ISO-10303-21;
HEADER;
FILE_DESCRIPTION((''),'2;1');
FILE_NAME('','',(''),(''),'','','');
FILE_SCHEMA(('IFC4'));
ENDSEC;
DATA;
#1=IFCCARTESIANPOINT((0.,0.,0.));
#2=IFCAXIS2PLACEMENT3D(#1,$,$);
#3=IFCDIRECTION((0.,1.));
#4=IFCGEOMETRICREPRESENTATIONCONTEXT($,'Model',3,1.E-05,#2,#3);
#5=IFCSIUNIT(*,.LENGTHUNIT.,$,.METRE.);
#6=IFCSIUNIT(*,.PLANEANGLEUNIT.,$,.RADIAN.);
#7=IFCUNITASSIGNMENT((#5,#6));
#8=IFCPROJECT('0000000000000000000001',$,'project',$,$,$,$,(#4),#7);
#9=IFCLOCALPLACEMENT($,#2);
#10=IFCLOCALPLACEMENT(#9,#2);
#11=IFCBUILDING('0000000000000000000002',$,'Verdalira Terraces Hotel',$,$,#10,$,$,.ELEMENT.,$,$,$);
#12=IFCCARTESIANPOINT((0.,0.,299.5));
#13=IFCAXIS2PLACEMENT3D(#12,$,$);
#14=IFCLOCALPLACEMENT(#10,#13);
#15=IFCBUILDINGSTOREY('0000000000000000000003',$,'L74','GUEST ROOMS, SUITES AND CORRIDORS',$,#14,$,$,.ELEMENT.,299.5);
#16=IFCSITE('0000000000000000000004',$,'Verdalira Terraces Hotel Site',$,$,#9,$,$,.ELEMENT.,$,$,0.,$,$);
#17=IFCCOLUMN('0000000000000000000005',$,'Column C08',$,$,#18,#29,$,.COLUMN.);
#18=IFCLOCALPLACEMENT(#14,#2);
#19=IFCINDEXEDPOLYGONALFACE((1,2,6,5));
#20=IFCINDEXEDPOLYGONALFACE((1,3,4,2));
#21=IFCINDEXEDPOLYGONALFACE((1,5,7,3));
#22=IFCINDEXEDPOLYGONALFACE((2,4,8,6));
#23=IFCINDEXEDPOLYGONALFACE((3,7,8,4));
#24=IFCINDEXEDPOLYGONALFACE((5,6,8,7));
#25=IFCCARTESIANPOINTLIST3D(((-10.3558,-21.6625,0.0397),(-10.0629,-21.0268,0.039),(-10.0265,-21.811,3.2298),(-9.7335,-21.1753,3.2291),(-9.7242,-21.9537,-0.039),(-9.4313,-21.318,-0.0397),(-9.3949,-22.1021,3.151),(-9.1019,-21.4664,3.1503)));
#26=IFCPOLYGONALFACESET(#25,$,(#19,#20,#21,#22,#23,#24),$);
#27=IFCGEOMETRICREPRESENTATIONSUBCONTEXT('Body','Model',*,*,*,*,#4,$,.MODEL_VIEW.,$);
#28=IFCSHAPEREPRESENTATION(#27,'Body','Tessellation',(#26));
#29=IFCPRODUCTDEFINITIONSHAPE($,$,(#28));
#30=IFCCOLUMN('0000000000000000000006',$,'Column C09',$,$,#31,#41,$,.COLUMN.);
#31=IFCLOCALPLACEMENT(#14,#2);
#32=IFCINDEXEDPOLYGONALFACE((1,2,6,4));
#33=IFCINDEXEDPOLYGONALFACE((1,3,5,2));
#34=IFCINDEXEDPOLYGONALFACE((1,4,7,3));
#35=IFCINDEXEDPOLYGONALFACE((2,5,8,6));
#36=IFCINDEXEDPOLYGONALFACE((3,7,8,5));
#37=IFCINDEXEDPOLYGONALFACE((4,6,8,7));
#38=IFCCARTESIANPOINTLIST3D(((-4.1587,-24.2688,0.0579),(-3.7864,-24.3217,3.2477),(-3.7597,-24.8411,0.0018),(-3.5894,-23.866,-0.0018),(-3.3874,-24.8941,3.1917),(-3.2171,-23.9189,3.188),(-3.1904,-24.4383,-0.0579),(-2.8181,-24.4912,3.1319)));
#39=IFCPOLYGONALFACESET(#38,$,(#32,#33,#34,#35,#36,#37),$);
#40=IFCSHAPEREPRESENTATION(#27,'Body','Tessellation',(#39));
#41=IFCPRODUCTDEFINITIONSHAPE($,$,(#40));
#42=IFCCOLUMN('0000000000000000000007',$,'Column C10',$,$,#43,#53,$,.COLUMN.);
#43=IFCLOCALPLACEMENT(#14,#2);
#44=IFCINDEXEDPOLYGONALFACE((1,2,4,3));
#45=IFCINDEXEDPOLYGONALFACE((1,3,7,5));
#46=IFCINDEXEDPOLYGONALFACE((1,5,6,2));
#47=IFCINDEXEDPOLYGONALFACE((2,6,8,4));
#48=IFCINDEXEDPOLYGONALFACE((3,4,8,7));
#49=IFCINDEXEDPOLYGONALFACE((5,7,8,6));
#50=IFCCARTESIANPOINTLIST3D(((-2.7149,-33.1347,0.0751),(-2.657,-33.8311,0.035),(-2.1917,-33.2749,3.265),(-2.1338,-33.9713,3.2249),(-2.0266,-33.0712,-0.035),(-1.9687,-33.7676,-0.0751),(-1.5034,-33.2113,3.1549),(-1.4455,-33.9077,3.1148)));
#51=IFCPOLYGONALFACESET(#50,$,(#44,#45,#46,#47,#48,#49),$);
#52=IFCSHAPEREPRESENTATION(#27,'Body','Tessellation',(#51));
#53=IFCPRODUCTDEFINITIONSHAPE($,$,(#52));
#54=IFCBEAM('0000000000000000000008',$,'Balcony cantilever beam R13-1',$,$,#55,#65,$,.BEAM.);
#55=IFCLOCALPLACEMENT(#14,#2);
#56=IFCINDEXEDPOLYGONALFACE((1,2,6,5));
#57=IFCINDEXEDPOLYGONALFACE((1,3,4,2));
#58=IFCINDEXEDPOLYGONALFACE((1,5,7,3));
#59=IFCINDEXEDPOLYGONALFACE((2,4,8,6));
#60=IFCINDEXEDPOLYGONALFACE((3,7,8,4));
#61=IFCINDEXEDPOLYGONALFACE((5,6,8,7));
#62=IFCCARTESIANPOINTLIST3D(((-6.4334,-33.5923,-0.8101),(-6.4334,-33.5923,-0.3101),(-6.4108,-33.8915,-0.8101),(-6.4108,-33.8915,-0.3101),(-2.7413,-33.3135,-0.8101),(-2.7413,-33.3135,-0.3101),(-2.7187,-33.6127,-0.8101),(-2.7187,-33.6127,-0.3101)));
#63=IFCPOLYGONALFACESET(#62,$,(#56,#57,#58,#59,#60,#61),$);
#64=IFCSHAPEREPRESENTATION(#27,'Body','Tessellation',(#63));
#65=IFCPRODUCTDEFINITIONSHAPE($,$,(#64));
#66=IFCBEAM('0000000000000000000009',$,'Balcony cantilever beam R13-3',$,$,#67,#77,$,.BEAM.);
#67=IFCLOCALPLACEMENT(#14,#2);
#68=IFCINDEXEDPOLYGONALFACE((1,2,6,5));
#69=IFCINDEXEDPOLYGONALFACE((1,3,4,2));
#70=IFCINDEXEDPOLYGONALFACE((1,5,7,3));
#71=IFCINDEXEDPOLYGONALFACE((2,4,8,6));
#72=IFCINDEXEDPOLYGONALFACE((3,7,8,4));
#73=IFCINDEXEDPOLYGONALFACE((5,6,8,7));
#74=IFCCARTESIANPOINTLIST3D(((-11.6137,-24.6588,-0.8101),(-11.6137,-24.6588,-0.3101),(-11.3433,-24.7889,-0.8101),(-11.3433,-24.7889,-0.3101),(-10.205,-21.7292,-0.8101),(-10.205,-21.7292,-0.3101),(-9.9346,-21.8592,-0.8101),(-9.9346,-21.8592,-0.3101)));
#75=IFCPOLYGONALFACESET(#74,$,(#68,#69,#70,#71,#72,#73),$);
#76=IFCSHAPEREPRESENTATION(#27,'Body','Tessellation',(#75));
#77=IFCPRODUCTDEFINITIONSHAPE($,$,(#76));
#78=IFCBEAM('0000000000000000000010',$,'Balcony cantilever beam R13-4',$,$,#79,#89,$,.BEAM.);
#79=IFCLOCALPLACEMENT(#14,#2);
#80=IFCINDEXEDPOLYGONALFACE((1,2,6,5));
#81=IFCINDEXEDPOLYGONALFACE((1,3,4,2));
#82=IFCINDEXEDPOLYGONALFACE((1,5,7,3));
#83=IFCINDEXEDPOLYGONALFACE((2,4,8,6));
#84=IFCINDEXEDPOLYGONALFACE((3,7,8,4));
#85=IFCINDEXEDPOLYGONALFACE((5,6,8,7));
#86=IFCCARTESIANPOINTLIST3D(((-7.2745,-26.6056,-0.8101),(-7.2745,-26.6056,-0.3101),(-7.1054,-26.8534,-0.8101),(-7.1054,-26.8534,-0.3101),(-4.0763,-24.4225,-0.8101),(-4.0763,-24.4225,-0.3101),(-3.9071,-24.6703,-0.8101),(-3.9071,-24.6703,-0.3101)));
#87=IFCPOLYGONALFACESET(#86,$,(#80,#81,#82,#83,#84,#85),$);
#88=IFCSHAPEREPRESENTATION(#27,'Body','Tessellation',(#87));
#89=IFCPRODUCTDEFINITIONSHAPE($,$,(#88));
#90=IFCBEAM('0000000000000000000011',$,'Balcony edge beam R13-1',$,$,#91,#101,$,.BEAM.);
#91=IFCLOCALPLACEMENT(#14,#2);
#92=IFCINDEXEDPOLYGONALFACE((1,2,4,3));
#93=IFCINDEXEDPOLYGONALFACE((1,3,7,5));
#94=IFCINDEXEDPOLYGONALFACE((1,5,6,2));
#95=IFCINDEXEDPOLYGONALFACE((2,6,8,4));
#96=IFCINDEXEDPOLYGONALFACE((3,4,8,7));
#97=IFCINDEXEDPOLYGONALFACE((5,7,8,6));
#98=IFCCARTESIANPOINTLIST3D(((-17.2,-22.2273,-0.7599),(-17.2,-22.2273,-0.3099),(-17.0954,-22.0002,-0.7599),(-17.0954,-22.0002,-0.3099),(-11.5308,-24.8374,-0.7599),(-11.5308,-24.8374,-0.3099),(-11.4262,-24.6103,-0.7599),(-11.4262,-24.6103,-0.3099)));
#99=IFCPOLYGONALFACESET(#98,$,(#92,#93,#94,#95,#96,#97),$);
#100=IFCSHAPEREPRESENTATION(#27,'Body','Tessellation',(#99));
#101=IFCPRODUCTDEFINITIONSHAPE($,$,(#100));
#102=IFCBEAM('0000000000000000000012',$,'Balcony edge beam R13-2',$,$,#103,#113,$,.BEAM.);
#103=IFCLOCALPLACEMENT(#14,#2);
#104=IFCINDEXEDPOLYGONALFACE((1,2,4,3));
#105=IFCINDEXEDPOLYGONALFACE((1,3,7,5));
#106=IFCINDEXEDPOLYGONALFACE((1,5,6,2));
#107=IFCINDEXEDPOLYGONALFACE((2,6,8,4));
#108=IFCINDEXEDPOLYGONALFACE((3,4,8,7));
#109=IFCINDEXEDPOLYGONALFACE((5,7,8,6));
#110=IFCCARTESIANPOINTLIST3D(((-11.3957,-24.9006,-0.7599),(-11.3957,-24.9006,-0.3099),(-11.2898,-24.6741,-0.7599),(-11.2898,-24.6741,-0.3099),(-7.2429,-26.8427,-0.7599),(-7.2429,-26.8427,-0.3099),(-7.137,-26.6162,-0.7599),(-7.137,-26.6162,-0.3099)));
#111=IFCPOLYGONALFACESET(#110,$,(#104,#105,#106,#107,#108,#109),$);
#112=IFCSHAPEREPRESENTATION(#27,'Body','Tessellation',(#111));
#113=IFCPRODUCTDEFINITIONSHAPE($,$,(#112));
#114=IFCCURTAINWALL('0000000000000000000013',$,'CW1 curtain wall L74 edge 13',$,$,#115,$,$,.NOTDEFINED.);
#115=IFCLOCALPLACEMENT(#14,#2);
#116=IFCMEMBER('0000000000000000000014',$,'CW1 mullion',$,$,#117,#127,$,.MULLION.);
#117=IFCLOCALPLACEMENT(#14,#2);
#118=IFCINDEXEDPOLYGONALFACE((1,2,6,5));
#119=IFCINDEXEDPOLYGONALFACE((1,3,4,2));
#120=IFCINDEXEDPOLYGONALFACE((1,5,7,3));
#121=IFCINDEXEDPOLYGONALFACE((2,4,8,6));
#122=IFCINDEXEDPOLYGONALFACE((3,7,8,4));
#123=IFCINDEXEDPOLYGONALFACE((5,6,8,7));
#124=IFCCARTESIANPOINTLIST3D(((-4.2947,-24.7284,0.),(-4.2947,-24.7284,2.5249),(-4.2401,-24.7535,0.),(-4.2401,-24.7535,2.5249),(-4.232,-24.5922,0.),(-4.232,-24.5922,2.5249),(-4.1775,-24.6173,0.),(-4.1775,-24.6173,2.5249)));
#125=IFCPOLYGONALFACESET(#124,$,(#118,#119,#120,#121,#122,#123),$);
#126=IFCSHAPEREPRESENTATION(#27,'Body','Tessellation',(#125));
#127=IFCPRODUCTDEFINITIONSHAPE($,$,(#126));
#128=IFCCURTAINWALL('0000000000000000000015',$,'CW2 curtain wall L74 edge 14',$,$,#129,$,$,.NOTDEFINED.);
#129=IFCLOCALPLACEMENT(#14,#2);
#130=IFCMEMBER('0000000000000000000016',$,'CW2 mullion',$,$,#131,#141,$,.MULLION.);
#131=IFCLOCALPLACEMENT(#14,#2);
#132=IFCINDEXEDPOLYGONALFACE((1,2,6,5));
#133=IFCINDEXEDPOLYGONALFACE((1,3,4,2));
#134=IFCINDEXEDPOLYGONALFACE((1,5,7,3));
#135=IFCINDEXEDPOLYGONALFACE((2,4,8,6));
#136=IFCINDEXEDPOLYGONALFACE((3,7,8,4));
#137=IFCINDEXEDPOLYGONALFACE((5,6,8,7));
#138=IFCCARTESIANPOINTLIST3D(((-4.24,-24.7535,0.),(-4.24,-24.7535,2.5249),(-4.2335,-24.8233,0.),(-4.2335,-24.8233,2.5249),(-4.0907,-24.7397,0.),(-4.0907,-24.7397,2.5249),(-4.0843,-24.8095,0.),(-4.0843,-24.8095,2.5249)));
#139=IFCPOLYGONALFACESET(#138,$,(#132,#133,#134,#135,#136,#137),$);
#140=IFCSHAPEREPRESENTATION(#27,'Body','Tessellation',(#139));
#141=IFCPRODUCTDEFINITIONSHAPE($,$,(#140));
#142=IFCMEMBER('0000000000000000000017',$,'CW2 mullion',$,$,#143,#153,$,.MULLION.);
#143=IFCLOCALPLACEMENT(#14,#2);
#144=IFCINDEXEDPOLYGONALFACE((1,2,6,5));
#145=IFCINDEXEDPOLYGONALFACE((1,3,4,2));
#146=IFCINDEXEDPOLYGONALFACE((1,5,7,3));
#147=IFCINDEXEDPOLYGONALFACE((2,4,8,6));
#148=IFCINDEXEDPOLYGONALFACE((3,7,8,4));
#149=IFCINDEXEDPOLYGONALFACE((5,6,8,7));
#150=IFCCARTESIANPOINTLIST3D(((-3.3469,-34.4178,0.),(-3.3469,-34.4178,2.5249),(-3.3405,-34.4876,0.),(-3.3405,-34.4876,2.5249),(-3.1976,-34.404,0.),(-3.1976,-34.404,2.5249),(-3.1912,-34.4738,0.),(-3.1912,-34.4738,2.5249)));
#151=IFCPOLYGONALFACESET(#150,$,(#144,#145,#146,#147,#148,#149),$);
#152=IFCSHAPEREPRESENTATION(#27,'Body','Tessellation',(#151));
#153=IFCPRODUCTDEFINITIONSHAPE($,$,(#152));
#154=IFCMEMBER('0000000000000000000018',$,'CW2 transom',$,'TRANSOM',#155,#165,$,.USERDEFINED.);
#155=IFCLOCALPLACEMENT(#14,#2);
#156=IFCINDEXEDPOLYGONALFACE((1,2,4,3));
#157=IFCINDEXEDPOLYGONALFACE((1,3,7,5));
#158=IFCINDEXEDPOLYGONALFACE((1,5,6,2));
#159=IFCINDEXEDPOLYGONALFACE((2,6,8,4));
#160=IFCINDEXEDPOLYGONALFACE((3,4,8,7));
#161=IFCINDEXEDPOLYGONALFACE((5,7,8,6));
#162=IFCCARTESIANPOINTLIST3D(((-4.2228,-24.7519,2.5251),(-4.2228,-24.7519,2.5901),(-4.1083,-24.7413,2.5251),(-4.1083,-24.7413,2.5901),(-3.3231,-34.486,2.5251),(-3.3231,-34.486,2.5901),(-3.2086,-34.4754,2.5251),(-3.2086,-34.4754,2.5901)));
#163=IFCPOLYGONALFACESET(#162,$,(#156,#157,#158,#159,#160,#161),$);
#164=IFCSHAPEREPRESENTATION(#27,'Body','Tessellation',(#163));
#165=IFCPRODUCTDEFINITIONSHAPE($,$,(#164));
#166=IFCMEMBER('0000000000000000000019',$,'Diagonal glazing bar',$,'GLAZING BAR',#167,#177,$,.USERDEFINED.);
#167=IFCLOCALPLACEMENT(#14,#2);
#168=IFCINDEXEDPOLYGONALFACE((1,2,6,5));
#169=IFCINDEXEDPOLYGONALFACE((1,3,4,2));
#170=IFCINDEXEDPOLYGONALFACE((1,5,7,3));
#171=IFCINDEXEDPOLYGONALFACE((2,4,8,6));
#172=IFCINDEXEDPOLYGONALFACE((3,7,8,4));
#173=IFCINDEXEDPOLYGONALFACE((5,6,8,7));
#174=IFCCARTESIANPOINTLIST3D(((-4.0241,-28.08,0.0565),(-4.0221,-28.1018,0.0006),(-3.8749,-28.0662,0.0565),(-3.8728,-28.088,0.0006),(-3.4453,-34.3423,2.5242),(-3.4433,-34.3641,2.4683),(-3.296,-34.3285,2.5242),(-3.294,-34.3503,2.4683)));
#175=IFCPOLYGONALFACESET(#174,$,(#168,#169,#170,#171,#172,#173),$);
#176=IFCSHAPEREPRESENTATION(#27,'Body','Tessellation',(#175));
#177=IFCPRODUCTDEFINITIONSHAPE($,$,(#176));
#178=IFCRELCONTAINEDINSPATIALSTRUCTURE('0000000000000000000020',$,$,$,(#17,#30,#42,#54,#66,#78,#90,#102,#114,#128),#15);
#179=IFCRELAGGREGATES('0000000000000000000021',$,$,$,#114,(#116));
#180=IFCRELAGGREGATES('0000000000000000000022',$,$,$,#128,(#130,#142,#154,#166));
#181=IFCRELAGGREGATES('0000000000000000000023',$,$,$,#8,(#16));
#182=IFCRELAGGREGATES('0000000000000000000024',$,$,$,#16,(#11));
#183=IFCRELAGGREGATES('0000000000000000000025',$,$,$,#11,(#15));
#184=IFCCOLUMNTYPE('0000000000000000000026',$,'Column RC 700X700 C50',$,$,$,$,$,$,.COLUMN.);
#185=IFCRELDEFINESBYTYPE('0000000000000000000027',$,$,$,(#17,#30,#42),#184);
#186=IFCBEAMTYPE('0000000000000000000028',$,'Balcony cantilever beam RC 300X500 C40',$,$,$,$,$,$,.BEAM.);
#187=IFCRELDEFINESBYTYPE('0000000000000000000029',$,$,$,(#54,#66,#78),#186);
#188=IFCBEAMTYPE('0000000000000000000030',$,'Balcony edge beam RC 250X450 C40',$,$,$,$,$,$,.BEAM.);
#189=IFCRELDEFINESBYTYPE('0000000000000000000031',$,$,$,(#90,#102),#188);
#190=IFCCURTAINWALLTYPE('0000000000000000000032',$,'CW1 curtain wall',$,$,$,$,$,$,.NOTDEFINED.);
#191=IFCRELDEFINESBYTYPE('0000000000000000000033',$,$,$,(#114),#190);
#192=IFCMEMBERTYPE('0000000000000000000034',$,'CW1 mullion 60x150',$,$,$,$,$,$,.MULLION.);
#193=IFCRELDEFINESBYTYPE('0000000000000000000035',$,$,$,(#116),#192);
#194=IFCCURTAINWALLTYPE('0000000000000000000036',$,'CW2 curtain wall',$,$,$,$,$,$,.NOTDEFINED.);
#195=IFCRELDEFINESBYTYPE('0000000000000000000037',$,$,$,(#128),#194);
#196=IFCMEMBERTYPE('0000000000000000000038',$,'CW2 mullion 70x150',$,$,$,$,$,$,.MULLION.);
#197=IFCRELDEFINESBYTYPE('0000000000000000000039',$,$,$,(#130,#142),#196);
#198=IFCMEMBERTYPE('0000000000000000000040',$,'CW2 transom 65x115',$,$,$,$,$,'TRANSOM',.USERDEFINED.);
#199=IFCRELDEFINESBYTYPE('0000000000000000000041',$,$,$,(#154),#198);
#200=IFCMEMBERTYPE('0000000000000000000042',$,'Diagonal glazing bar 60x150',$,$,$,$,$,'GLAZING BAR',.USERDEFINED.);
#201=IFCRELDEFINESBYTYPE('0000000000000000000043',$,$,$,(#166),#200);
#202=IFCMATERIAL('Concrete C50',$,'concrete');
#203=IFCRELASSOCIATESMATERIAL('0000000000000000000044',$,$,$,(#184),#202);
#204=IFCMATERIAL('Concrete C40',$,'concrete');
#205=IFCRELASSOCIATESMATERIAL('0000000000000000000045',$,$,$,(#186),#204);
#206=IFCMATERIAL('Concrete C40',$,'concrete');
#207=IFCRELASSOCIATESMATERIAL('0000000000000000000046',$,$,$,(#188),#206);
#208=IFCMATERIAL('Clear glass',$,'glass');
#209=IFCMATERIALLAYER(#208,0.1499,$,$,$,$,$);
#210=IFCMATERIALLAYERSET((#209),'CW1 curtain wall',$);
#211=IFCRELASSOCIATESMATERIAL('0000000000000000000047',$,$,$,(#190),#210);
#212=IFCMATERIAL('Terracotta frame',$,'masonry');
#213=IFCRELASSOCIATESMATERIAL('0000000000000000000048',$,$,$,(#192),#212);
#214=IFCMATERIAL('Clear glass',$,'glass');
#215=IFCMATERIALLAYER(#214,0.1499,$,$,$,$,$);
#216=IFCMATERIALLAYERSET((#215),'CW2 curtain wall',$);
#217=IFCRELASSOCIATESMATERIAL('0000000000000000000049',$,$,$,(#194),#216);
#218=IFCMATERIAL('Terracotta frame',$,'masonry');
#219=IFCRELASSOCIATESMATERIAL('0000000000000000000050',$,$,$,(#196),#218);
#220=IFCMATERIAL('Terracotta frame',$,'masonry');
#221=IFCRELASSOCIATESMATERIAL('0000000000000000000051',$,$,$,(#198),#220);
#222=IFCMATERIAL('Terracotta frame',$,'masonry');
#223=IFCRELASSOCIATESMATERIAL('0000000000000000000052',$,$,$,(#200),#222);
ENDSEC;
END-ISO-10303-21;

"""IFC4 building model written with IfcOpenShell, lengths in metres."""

from ifc_helpers import new_model, si_unit, direction, frame, origin, origin_2d, place, context, subcontext, project, spatial, rectangle, extrude, material, layer, layer_set, material_profile, profile_set, type_object, element, aggregate, save


model = new_model("IFC4")

# Units and contexts
model_context = context("Model", 3, precision=1e-05, world=origin(), true_north=direction((0.0, 1.0)))
body_context = subcontext(model_context, "Body", "Model", "MODEL_VIEW")
ifc_project = project(units=[si_unit("LENGTHUNIT", "METRE"), si_unit("PLANEANGLEUNIT", "RADIAN")], contexts=[model_context])

# Site, building, storey
site_placement = place(None, origin())
site = spatial("IfcSite", under=ifc_project, at=site_placement, Name="Verdalira Terraces Hotel Site", CompositionType="ELEMENT", RefElevation=0.0)
building_placement = place(site_placement, origin())
building = spatial("IfcBuilding", under=site, at=building_placement, Name="Verdalira Terraces Hotel", CompositionType="ELEMENT")
storey_placement = place(building_placement, frame((0.0, 0.0, 299.5)))
storey = spatial("IfcBuildingStorey", under=building, at=storey_placement, Name="L74", Description="GUEST ROOMS, SUITES AND CORRIDORS", CompositionType="ELEMENT", Elevation=299.5)

# Columns
ifc_material_1 = material(Name="Concrete C50", Category="concrete")
ifc_material_profile_1 = material_profile(ifc_material_1, rectangle(XDim=0.7, YDim=0.7, at=origin_2d()), Name="RC 700X700")
ifc_profile_set_1 = profile_set([ifc_material_profile_1], Name="Concrete C50")
column_type = type_object("IfcColumnType", Name="Column RC 700X700 C50", PredefinedType="COLUMN", material=ifc_profile_set_1)
column_1_placement = place(storey_placement, frame((-9.8936, -21.4902, 0.0), z_axis=(0.102589, -0.046237, 0.993649), x_axis=(0.902394, -0.415961, -0.112524)))
element("IfcColumn", 1, at=column_1_placement, inside=storey, type_object=column_type, Name="Column C08", PredefinedType="COLUMN", context=body_context, shape_type="SweptSolid", body=[
    extrude(rectangle(XDim=0.7, YDim=0.7, at=origin_2d()), origin(), (0.0, 0.0, 1.0), 3.2104),
])
column_2_placement = place(storey_placement, frame((-3.6746, -24.3535, 0.0), z_axis=(0.115912, -0.016494, 0.993122), x_axis=(-0.570122, 0.817644, 0.080121)))
element("IfcColumn", 2, at=column_2_placement, inside=storey, type_object=column_type, Name="Column C09", PredefinedType="COLUMN", context=body_context, shape_type="SweptSolid", body=[
    extrude(rectangle(XDim=0.7, YDim=0.7, at=origin_2d()), origin(), (0.0, 0.0, 1.0), 3.2119),
])
column_3_placement = place(storey_placement, frame((-2.3418, -33.4512, 0.0), z_axis=(0.161699, -0.043311, 0.985889), x_axis=(0.082685, -0.994929, -0.057269)))
element("IfcColumn", 3, at=column_3_placement, inside=storey, type_object=column_type, Name="Column C10", PredefinedType="COLUMN", context=body_context, shape_type="SweptSolid", body=[
    extrude(rectangle(XDim=0.7, YDim=0.7, at=origin_2d()), origin(), (0.0, 0.0, 1.0), 3.2356),
])

# Beams
ifc_material_2 = material(Name="Concrete C40", Category="concrete")
ifc_material_profile_2 = material_profile(ifc_material_2, rectangle(XDim=0.3, YDim=0.5, at=origin_2d()), Name="RC 300X500")
ifc_profile_set_2 = profile_set([ifc_material_profile_2], Name="Concrete C40")
beam_type_1 = type_object("IfcBeamType", Name="Balcony cantilever beam RC 300X500 C40", PredefinedType="BEAM", material=ifc_profile_set_2)
beam_1_placement = place(storey_placement, frame((-2.73, -33.4631, -0.5601), z_axis=(-0.997161, -0.0753, 0.0), x_axis=(0.0753, -0.997161, 0.0)))
element("IfcBeam", 4, at=beam_1_placement, inside=storey, type_object=beam_type_1, Name="Balcony cantilever beam R13-1", PredefinedType="BEAM", context=body_context, shape_type="SweptSolid", body=[
    extrude(rectangle(XDim=0.3, YDim=0.5, at=origin_2d()), origin(), (0.0, 0.0, 1.0), 3.7026),
])
beam_2_placement = place(storey_placement, frame((-10.0698, -21.7942, -0.5601), z_axis=(-0.433341, -0.90123, 0.0), x_axis=(0.90123, -0.433341, 0.0)))
element("IfcBeam", 5, at=beam_2_placement, inside=storey, type_object=beam_type_1, Name="Balcony cantilever beam R13-3", PredefinedType="BEAM", context=body_context, shape_type="SweptSolid", body=[
    extrude(rectangle(XDim=0.3, YDim=0.5, at=origin_2d()), origin(), (0.0, 0.0, 1.0), 3.2507),
])
beam_3_placement = place(storey_placement, frame((-3.9917, -24.5464, -0.5601), z_axis=(-0.825928, -0.563775, 0.0), x_axis=(0.563775, -0.825928, 0.0)))
element("IfcBeam", 6, at=beam_3_placement, inside=storey, type_object=beam_type_1, Name="Balcony cantilever beam R13-4", PredefinedType="BEAM", context=body_context, shape_type="SweptSolid", body=[
    extrude(rectangle(XDim=0.3, YDim=0.5, at=origin_2d()), origin(), (0.0, 0.0, 1.0), 3.8723),
])
ifc_material_3 = material(Name="Concrete C40", Category="concrete")
ifc_material_profile_3 = material_profile(ifc_material_3, rectangle(XDim=0.25, YDim=0.45, at=origin_2d()), Name="RC 250X450")
ifc_profile_set_3 = profile_set([ifc_material_profile_3], Name="Concrete C40")
beam_type_2 = type_object("IfcBeamType", Name="Balcony edge beam RC 250X450 C40", PredefinedType="BEAM", material=ifc_profile_set_3)
beam_4_placement = place(storey_placement, frame((-17.1477, -22.1138, -0.5349), z_axis=(0.908352, -0.418207, 0.0), x_axis=(0.418207, 0.908352, 0.0)))
element("IfcBeam", 7, at=beam_4_placement, inside=storey, type_object=beam_type_2, Name="Balcony edge beam R13-1", PredefinedType="BEAM", context=body_context, shape_type="SweptSolid", body=[
    extrude(rectangle(XDim=0.25, YDim=0.45, at=origin_2d()), origin(), (0.0, 0.0, 1.0), 6.2412),
])
beam_5_placement = place(storey_placement, frame((-11.3428, -24.7874, -0.5349), z_axis=(0.905836, -0.423629, 0.0), x_axis=(0.423629, 0.905836, 0.0)))
element("IfcBeam", 8, at=beam_5_placement, inside=storey, type_object=beam_type_2, Name="Balcony edge beam R13-2", PredefinedType="BEAM", context=body_context, shape_type="SweptSolid", body=[
    extrude(rectangle(XDim=0.25, YDim=0.45, at=origin_2d()), origin(), (0.0, 0.0, 1.0), 4.5845),
])

# Curtain wall, member
ifc_material_4 = material(Name="Clear glass", Category="glass")
ifc_layer_1 = layer(ifc_material_4, 0.1499)
ifc_layer_set_1 = layer_set([ifc_layer_1], Name="CW1 curtain wall")
curtain_wall_type_1 = type_object("IfcCurtainWallType", Name="CW1 curtain wall", PredefinedType="NOTDEFINED", material=ifc_layer_set_1)
curtain_wall_1_placement = place(storey_placement, origin())
curtain_wall_1 = element("IfcCurtainWall", 9, at=curtain_wall_1_placement, inside=storey, type_object=curtain_wall_type_1, Name="CW1 curtain wall L74 edge 13", PredefinedType="NOTDEFINED")
ifc_material_5 = material(Name="Terracotta frame", Category="masonry")
ifc_material_profile_4 = material_profile(ifc_material_5, rectangle(XDim=0.0601, YDim=0.1499, at=origin_2d()), Name="MU 60x150")
ifc_profile_set_4 = profile_set([ifc_material_profile_4], Name="Terracotta frame")
member_type_1 = type_object("IfcMemberType", Name="CW1 mullion 60x150", PredefinedType="MULLION", material=ifc_profile_set_4)
member_1_placement = place(storey_placement, frame((-4.2361, -24.6729, 0.0), z_axis=(0.0, 0.0, 1.0), x_axis=(0.908362, -0.418184, 0.0)))
member_1 = element("IfcMember", 10, at=member_1_placement, type_object=member_type_1, Name="CW1 mullion", PredefinedType="MULLION", context=body_context, shape_type="SweptSolid", body=[
    extrude(rectangle(XDim=0.0601, YDim=0.1499, at=origin_2d()), origin(), (0.0, 0.0, 1.0), 2.5249),
])

# Curtain wall, members
ifc_material_6 = material(Name="Clear glass", Category="glass")
ifc_layer_2 = layer(ifc_material_6, 0.1499)
ifc_layer_set_2 = layer_set([ifc_layer_2], Name="CW2 curtain wall")
curtain_wall_type_2 = type_object("IfcCurtainWallType", Name="CW2 curtain wall", PredefinedType="NOTDEFINED", material=ifc_layer_set_2)
curtain_wall_2_placement = place(storey_placement, origin())
curtain_wall_2 = element("IfcCurtainWall", 11, at=curtain_wall_2_placement, inside=storey, type_object=curtain_wall_type_2, Name="CW2 curtain wall L74 edge 14", PredefinedType="NOTDEFINED")
ifc_material_7 = material(Name="Terracotta frame", Category="masonry")
ifc_material_profile_5 = material_profile(ifc_material_7, rectangle(XDim=0.0701, YDim=0.1499, at=origin_2d()), Name="MU 70x150")
ifc_profile_set_5 = profile_set([ifc_material_profile_5], Name="Terracotta frame")
member_type_2 = type_object("IfcMemberType", Name="CW2 mullion 70x150", PredefinedType="MULLION", material=ifc_profile_set_5)
member_2_placement = place(storey_placement, frame((-4.1621, -24.7815, 0.0), z_axis=(0.0, 0.0, 1.0), x_axis=(0.092023, -0.995757, 0.0)))
member_2 = element("IfcMember", 12, at=member_2_placement, type_object=member_type_2, Name="CW2 mullion", PredefinedType="MULLION", context=body_context, shape_type="SweptSolid", body=[
    extrude(rectangle(XDim=0.0701, YDim=0.1499, at=origin_2d()), origin(), (0.0, 0.0, 1.0), 2.5249),
])
member_3_placement = place(storey_placement, frame((-3.269, -34.4458, 0.0), z_axis=(0.0, 0.0, 1.0), x_axis=(0.092023, -0.995757, 0.0)))
member_3 = element("IfcMember", 13, at=member_3_placement, type_object=member_type_2, Name="CW2 mullion", PredefinedType="MULLION", context=body_context, shape_type="SweptSolid", body=[
    extrude(rectangle(XDim=0.0701, YDim=0.1499, at=origin_2d()), origin(), (0.0, 0.0, 1.0), 2.5249),
])
ifc_material_8 = material(Name="Terracotta frame", Category="masonry")
ifc_material_profile_6 = material_profile(ifc_material_8, rectangle(XDim=0.115, YDim=0.0649, at=origin_2d()), Name="TR 65x115")
ifc_profile_set_6 = profile_set([ifc_material_profile_6], Name="Terracotta frame")
member_type_3 = type_object("IfcMemberType", Name="CW2 transom 65x115", ElementType="TRANSOM", PredefinedType="USERDEFINED", material=ifc_profile_set_6)
member_4_placement = place(storey_placement, frame((-4.1655, -24.7466, 2.5576), z_axis=(0.092031, -0.995756, 0.0), x_axis=(0.995756, 0.092031, 0.0)))
member_4 = element("IfcMember", 14, at=member_4_placement, type_object=member_type_3, Name="CW2 transom", ObjectType="TRANSOM", PredefinedType="USERDEFINED", context=body_context, shape_type="SweptSolid", body=[
    extrude(rectangle(XDim=0.115, YDim=0.0649, at=origin_2d()), origin(), (0.0, 0.0, 1.0), 9.7756),
])
ifc_material_9 = material(Name="Terracotta frame", Category="masonry")
ifc_material_profile_7 = material_profile(ifc_material_9, rectangle(XDim=0.1499, YDim=0.0601, at=origin_2d()), Name="GB 60x150")
ifc_profile_set_7 = profile_set([ifc_material_profile_7], Name="Terracotta frame")
member_type_4 = type_object("IfcMemberType", Name="Diagonal glazing bar 60x150", ElementType="GLAZING BAR", PredefinedType="USERDEFINED", material=ifc_profile_set_7)
member_5_placement = place(storey_placement, frame((-3.9485, -28.084, 0.0286), z_axis=(0.085681, -0.926949, 0.365272), x_axis=(0.995755, 0.092041, 0.0)))
member_5 = element("IfcMember", 15, at=member_5_placement, type_object=member_type_4, Name="Diagonal glazing bar", ObjectType="GLAZING BAR", PredefinedType="USERDEFINED", context=body_context, shape_type="SweptSolid", body=[
    extrude(rectangle(XDim=0.1499, YDim=0.0601, at=origin_2d()), origin(), (0.0, 0.0, 1.0), 6.7559),
])

aggregate(curtain_wall_1, [member_1])
aggregate(curtain_wall_2, [member_2, member_3, member_4, member_5])

save(model, "model.ifc")
